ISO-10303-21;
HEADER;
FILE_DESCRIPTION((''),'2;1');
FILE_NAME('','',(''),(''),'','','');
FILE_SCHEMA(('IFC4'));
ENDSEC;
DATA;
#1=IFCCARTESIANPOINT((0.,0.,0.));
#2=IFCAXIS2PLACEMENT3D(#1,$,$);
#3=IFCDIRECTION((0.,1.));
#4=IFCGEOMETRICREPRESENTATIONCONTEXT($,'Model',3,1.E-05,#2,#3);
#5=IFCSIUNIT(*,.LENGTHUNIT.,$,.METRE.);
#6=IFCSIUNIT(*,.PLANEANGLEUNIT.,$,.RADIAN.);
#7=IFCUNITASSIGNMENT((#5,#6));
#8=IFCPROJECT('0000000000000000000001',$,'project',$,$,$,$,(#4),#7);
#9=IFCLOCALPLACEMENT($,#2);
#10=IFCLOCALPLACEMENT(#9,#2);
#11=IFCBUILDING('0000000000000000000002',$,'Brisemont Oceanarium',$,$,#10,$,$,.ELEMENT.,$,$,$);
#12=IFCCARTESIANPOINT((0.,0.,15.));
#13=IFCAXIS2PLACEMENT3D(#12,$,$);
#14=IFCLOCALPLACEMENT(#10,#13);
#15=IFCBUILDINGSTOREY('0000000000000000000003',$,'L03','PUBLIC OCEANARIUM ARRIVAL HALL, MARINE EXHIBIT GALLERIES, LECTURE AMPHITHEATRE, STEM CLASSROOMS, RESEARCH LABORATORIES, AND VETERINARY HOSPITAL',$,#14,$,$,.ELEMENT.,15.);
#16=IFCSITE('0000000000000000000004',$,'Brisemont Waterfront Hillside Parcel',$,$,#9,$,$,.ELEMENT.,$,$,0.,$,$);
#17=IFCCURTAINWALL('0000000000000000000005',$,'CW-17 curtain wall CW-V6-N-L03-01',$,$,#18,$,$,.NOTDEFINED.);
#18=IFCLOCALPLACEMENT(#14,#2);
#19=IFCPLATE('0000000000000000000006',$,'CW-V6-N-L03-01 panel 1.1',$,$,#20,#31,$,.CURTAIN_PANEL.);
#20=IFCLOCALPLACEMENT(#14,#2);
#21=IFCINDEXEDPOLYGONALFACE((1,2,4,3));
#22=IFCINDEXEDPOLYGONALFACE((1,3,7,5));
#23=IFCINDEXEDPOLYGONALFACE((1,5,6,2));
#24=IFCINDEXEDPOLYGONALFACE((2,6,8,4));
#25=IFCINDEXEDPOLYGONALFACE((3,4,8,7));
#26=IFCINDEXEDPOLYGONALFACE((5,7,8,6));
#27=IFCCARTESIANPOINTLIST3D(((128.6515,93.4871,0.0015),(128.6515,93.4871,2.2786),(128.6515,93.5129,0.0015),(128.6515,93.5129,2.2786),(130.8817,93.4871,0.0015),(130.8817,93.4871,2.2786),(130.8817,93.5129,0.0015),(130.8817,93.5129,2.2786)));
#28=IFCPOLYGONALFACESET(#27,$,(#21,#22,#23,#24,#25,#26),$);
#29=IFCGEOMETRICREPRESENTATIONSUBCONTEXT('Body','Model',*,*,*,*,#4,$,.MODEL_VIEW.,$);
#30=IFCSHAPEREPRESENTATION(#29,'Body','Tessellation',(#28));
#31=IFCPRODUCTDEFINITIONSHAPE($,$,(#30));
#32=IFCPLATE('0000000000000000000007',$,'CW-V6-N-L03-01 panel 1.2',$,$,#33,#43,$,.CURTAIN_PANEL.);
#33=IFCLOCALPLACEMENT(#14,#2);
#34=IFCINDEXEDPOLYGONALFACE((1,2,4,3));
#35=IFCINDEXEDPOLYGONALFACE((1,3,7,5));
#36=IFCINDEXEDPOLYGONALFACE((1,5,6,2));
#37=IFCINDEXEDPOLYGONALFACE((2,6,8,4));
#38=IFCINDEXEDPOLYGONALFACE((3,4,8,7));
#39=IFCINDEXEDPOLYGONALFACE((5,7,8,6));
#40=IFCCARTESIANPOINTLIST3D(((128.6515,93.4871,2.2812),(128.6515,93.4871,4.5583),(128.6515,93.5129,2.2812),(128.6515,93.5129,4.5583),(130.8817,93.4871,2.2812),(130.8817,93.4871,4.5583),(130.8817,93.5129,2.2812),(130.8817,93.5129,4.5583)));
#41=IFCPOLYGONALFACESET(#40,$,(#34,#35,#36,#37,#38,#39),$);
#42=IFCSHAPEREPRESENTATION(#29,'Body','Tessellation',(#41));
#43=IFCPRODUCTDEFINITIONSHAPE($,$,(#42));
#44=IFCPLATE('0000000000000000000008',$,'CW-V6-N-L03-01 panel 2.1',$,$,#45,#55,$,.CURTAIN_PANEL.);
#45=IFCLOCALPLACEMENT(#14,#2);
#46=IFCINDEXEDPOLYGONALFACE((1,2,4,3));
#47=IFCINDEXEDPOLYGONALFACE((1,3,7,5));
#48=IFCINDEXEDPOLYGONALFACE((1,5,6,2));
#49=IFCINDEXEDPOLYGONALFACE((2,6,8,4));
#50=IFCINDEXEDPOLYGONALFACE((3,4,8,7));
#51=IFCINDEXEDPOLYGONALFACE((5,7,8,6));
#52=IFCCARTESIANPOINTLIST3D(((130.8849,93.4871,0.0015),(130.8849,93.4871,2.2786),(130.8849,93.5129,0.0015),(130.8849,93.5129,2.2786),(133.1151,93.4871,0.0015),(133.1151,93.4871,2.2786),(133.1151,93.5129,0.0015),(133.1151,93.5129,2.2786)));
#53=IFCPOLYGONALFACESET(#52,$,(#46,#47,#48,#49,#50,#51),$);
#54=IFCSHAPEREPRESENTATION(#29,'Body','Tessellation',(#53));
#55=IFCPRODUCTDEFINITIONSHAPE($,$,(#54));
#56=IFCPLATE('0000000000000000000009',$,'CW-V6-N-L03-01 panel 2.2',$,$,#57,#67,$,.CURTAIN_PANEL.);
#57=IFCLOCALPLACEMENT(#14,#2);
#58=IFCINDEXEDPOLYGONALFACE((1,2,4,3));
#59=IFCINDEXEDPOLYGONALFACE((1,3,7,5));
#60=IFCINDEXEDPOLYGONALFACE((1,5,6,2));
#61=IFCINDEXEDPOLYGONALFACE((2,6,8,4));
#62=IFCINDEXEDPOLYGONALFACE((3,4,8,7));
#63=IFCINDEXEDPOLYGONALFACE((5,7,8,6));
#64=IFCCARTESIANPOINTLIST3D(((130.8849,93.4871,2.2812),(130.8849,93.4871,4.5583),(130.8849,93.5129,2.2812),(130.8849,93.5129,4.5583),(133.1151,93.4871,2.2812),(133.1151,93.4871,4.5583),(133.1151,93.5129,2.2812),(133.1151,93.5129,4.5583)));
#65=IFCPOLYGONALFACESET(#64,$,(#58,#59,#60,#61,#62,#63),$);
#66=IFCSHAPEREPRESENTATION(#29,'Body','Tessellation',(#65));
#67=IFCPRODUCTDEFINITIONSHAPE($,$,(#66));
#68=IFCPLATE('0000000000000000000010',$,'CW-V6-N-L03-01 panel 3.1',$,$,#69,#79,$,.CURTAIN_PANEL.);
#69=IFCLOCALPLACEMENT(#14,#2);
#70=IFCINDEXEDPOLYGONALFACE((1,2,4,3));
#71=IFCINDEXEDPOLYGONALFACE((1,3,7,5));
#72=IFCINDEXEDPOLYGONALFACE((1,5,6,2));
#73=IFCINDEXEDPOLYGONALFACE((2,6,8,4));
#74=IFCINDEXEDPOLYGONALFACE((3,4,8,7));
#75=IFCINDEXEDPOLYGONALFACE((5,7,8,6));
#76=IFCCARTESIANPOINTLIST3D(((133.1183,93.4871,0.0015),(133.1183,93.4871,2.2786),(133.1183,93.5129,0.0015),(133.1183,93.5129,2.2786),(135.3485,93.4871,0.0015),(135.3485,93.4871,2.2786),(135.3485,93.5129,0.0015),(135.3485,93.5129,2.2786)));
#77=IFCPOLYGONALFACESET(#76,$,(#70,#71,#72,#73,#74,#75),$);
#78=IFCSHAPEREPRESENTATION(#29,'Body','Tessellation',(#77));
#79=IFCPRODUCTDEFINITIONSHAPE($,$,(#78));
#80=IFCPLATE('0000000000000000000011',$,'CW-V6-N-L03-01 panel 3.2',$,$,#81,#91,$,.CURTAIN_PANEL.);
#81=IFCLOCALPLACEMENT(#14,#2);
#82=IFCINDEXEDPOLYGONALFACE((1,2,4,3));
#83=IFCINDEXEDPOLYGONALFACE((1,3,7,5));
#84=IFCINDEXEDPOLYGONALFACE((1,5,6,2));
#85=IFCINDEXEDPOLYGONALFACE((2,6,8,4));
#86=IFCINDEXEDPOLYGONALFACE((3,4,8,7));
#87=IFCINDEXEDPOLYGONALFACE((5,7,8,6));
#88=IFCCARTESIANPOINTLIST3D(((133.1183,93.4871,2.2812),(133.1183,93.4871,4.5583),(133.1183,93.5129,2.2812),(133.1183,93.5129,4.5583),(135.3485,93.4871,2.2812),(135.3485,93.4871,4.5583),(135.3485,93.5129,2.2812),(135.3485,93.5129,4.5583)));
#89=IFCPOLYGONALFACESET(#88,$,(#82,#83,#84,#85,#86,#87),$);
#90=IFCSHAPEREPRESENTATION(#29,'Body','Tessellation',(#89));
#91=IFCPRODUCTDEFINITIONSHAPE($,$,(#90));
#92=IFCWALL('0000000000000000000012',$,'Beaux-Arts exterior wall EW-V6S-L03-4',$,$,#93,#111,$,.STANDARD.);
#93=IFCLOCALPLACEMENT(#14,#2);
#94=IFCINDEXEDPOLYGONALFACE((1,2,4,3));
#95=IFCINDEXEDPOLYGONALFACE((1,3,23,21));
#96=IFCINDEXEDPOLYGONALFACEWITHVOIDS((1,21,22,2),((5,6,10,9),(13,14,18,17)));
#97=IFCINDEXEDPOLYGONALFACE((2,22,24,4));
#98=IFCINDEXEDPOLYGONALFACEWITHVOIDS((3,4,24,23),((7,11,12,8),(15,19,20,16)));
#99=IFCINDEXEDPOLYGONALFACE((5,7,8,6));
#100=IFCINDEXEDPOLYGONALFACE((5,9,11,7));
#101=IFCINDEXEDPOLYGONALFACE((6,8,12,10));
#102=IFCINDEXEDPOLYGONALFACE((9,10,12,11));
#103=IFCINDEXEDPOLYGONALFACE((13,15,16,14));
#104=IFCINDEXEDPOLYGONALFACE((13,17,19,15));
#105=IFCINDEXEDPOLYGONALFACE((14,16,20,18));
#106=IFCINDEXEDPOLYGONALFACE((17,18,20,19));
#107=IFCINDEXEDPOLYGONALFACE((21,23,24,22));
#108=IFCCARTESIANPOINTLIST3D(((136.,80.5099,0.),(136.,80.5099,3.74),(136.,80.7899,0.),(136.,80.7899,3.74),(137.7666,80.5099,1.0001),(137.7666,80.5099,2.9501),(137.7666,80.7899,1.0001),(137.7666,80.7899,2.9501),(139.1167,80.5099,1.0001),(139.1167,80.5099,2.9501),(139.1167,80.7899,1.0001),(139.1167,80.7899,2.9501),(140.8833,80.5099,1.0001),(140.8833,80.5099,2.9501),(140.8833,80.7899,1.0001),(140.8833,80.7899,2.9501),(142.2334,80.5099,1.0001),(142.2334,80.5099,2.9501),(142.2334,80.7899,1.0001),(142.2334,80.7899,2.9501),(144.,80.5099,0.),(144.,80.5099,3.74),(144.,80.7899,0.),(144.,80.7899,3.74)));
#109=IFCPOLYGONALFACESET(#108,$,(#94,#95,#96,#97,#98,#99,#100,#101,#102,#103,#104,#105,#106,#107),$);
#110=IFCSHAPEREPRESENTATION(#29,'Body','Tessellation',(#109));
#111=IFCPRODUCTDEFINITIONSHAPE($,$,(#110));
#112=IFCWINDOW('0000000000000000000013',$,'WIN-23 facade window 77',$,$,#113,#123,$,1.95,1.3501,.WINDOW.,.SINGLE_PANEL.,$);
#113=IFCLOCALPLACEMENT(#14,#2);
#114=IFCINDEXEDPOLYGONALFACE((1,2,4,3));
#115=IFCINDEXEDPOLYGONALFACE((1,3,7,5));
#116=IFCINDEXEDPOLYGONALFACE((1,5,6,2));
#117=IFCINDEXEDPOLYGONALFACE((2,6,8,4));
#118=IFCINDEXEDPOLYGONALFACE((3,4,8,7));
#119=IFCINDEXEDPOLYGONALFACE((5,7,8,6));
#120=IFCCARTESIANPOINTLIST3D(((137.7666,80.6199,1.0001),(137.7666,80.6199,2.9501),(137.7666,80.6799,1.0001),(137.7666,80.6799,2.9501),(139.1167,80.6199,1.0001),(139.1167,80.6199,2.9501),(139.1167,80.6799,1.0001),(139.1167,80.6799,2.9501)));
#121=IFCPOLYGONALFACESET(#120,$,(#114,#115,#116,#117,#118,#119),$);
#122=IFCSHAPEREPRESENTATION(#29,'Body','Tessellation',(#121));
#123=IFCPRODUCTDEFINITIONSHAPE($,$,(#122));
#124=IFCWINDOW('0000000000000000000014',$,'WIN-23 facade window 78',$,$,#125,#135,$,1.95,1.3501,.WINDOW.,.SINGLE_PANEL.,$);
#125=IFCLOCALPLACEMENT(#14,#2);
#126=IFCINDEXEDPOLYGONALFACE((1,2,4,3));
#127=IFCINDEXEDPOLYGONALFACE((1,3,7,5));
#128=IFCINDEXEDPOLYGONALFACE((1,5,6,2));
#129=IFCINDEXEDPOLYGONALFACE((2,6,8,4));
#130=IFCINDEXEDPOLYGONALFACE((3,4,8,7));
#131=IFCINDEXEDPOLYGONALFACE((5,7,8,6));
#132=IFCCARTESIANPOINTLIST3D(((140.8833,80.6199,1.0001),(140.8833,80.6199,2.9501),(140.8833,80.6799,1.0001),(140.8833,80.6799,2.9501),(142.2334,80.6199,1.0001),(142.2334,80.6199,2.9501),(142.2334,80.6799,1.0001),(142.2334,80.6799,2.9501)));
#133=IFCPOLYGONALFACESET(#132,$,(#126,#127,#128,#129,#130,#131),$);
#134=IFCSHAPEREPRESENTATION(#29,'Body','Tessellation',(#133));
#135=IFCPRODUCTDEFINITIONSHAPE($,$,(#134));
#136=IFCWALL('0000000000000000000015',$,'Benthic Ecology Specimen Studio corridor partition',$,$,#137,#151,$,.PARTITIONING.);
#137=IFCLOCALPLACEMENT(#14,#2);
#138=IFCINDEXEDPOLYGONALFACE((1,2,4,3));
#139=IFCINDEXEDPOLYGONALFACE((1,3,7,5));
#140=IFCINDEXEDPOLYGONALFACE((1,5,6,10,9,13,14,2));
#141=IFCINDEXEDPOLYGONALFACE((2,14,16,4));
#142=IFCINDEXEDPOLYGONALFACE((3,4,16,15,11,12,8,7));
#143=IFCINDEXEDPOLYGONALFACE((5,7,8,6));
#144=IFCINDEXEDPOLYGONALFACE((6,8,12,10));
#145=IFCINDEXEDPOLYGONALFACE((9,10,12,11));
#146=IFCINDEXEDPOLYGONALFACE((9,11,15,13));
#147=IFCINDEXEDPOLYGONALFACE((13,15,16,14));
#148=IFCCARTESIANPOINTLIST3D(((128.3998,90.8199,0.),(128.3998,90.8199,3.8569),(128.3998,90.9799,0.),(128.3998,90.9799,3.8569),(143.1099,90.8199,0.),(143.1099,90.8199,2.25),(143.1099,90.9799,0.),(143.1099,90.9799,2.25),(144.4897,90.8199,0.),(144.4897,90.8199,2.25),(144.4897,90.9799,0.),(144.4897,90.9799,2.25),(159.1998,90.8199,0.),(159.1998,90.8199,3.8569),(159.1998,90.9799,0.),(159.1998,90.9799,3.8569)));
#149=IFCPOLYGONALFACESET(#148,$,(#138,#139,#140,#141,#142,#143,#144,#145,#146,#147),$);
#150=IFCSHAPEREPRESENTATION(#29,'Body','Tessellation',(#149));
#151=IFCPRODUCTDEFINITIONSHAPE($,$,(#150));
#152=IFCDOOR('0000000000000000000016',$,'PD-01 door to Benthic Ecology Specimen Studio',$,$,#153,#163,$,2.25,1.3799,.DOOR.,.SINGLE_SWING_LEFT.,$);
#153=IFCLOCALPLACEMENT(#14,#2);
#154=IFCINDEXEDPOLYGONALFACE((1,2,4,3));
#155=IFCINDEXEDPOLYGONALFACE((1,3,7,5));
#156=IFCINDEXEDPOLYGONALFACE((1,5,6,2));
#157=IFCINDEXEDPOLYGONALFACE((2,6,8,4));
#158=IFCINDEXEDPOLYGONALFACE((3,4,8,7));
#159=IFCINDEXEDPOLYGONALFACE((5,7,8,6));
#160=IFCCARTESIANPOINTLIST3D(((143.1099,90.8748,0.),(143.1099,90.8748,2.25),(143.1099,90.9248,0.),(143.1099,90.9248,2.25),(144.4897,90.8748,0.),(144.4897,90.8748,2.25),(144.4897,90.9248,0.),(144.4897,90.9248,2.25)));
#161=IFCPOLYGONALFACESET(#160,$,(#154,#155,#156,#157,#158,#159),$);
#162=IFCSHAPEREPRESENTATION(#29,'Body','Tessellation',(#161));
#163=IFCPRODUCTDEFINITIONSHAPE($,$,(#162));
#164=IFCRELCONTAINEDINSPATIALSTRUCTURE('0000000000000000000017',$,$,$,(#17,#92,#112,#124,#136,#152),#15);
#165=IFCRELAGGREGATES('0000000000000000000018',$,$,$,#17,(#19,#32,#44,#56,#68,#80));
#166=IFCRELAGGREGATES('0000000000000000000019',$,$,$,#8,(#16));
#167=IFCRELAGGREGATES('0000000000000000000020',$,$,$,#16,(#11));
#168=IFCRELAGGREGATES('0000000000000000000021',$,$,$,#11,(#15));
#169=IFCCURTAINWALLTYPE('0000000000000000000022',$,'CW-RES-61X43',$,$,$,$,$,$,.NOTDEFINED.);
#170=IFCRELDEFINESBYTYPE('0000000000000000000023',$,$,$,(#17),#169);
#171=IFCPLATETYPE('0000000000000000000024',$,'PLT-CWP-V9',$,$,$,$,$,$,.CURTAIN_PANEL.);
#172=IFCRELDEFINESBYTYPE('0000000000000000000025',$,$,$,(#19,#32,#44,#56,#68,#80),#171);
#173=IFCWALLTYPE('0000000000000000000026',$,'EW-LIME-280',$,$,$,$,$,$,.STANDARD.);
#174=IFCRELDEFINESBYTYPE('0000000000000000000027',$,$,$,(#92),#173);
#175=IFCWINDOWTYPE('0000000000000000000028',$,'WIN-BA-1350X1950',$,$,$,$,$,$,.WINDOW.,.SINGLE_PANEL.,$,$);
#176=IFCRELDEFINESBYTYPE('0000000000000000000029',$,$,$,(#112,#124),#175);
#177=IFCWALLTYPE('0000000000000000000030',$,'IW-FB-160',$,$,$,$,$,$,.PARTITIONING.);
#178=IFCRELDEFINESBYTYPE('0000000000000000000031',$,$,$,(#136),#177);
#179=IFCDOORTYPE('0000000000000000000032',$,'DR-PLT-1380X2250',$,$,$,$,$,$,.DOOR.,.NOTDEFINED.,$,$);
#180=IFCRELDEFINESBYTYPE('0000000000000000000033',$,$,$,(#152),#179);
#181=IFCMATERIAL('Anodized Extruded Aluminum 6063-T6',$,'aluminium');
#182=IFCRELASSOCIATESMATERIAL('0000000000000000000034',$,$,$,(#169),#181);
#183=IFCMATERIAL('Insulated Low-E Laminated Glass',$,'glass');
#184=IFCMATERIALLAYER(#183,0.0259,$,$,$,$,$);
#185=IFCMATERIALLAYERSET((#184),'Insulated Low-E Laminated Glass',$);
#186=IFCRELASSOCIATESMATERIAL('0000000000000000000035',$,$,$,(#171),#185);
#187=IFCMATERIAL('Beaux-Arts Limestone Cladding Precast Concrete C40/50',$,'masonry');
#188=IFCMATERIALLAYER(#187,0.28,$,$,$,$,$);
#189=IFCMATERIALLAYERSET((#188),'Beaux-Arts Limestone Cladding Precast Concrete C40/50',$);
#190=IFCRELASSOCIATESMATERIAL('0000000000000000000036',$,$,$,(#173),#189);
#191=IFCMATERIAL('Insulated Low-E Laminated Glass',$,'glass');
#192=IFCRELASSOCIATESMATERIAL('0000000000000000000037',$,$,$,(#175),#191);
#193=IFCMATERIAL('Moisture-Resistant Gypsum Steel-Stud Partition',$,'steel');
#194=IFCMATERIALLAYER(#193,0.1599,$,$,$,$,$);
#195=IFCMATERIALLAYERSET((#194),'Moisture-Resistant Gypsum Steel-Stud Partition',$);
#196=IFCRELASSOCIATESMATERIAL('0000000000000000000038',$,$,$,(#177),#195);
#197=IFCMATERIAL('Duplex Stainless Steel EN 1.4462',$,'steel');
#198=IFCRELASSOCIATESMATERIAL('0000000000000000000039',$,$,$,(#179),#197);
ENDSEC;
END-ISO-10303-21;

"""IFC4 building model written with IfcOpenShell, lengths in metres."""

from ifc_helpers import new_model, si_unit, direction, frame, frame_2d, origin, origin_2d, place, context, subcontext, project, spatial, rectangle, extrude, material, layer, layer_set, type_object, element, fill, aggregate, save


model = new_model("IFC4")

# Units and contexts
model_context = context("Model", 3, precision=1e-05, world=origin(), true_north=direction((0.0, 1.0)))
body_context = subcontext(model_context, "Body", "Model", "MODEL_VIEW")
ifc_project = project(units=[si_unit("LENGTHUNIT", "METRE"), si_unit("PLANEANGLEUNIT", "RADIAN")], contexts=[model_context])

# Site, building, storey
site_placement = place(None, origin())
site = spatial("IfcSite", under=ifc_project, at=site_placement, Name="Brisemont Waterfront Hillside Parcel", CompositionType="ELEMENT", RefElevation=0.0)
building_placement = place(site_placement, origin())
building = spatial("IfcBuilding", under=site, at=building_placement, Name="Brisemont Oceanarium", CompositionType="ELEMENT")
storey_placement = place(building_placement, frame((0.0, 0.0, 15.0)))
storey = spatial("IfcBuildingStorey", under=building, at=storey_placement, Name="L03", Description="PUBLIC OCEANARIUM ARRIVAL HALL, MARINE EXHIBIT GALLERIES, LECTURE AMPHITHEATRE, STEM CLASSROOMS, RESEARCH LABORATORIES, AND VETERINARY HOSPITAL", CompositionType="ELEMENT", Elevation=15.0)

# Curtain wall, plates
ifc_material_1 = material(Name="Anodized Extruded Aluminum 6063-T6", Category="aluminium")
curtain_wall_type = type_object("IfcCurtainWallType", Name="CW-RES-61X43", PredefinedType="NOTDEFINED", material=ifc_material_1)
curtain_wall_placement = place(storey_placement, origin())
curtain_wall = element("IfcCurtainWall", 1, at=curtain_wall_placement, inside=storey, type_object=curtain_wall_type, Name="CW-17 curtain wall CW-V6-N-L03-01", PredefinedType="NOTDEFINED")
ifc_material_2 = material(Name="Insulated Low-E Laminated Glass", Category="glass")
ifc_layer_1 = layer(ifc_material_2, 0.0259)
ifc_layer_set_1 = layer_set([ifc_layer_1], Name="Insulated Low-E Laminated Glass")
plate_type = type_object("IfcPlateType", Name="PLT-CWP-V9", PredefinedType="CURTAIN_PANEL", material=ifc_layer_set_1)
plate_1_placement = place(storey_placement, frame((129.7666, 93.5, 0.0015), z_axis=(0.0, 0.0, 1.0), x_axis=(1.0, 0.0, 0.0)))
plate_1 = element("IfcPlate", 2, at=plate_1_placement, type_object=plate_type, Name="CW-V6-N-L03-01 panel 1.1", PredefinedType="CURTAIN_PANEL", context=body_context, shape_type="SweptSolid", body=[
    extrude(rectangle(XDim=2.2302, YDim=0.0259, at=origin_2d()), origin(), (0.0, 0.0, 1.0), 2.2771),
])
plate_2_placement = place(storey_placement, frame((129.7666, 93.5, 2.2812), z_axis=(0.0, 0.0, 1.0), x_axis=(1.0, 0.0, 0.0)))
plate_2 = element("IfcPlate", 3, at=plate_2_placement, type_object=plate_type, Name="CW-V6-N-L03-01 panel 1.2", PredefinedType="CURTAIN_PANEL", context=body_context, shape_type="SweptSolid", body=[
    extrude(rectangle(XDim=2.2302, YDim=0.0259, at=origin_2d()), origin(), (0.0, 0.0, 1.0), 2.2771),
])
plate_3_placement = place(storey_placement, frame((132.0, 93.5, 0.0015), z_axis=(0.0, 0.0, 1.0), x_axis=(1.0, 0.0, 0.0)))
plate_3 = element("IfcPlate", 4, at=plate_3_placement, type_object=plate_type, Name="CW-V6-N-L03-01 panel 2.1", PredefinedType="CURTAIN_PANEL", context=body_context, shape_type="SweptSolid", body=[
    extrude(rectangle(XDim=2.2302, YDim=0.0259, at=origin_2d()), origin(), (0.0, 0.0, 1.0), 2.2771),
])
plate_4_placement = place(storey_placement, frame((132.0, 93.5, 2.2812), z_axis=(0.0, 0.0, 1.0), x_axis=(1.0, 0.0, 0.0)))
plate_4 = element("IfcPlate", 5, at=plate_4_placement, type_object=plate_type, Name="CW-V6-N-L03-01 panel 2.2", PredefinedType="CURTAIN_PANEL", context=body_context, shape_type="SweptSolid", body=[
    extrude(rectangle(XDim=2.2302, YDim=0.0259, at=origin_2d()), origin(), (0.0, 0.0, 1.0), 2.2771),
])
plate_5_placement = place(storey_placement, frame((134.2334, 93.5, 0.0015), z_axis=(0.0, 0.0, 1.0), x_axis=(1.0, 0.0, 0.0)))
plate_5 = element("IfcPlate", 6, at=plate_5_placement, type_object=plate_type, Name="CW-V6-N-L03-01 panel 3.1", PredefinedType="CURTAIN_PANEL", context=body_context, shape_type="SweptSolid", body=[
    extrude(rectangle(XDim=2.2302, YDim=0.0259, at=origin_2d()), origin(), (0.0, 0.0, 1.0), 2.2771),
])
plate_6_placement = place(storey_placement, frame((134.2334, 93.5, 2.2812), z_axis=(0.0, 0.0, 1.0), x_axis=(1.0, 0.0, 0.0)))
plate_6 = element("IfcPlate", 7, at=plate_6_placement, type_object=plate_type, Name="CW-V6-N-L03-01 panel 3.2", PredefinedType="CURTAIN_PANEL", context=body_context, shape_type="SweptSolid", body=[
    extrude(rectangle(XDim=2.2302, YDim=0.0259, at=origin_2d()), origin(), (0.0, 0.0, 1.0), 2.2771),
])
aggregate(curtain_wall, [plate_1, plate_2, plate_3, plate_4, plate_5, plate_6])

# Wall, openings, windows
ifc_material_3 = material(Name="Beaux-Arts Limestone Cladding Precast Concrete C40/50", Category="masonry")
ifc_layer_2 = layer(ifc_material_3, 0.28)
ifc_layer_set_2 = layer_set([ifc_layer_2], Name="Beaux-Arts Limestone Cladding Precast Concrete C40/50")
wall_type_1 = type_object("IfcWallType", Name="EW-LIME-280", PredefinedType="STANDARD", material=ifc_layer_set_2)
wall_1_placement = place(storey_placement, frame((136.0, 80.6499, 0.0), z_axis=(0.0, 0.0, 1.0), x_axis=(1.0, 0.0, 0.0)))
wall_1 = element("IfcWall", 8, at=wall_1_placement, inside=storey, type_object=wall_type_1, Name="Beaux-Arts exterior wall EW-V6S-L03-4", PredefinedType="STANDARD", context=body_context, shape_type="SweptSolid", body=[
    extrude(rectangle(XDim=8.0, YDim=0.28, at=frame_2d((4.0, 0.0))), origin(), (0.0, 0.0, 1.0), 3.74),
])
opening_1_placement = place(wall_1_placement, frame((1.7666, 0.0, 1.0)))
opening_1 = element("IfcOpeningElement", 9, at=opening_1_placement, cuts=wall_1, PredefinedType="OPENING", context=body_context, shape_type="SweptSolid", body=[
    extrude(rectangle(XDim=1.3501, YDim=1.95, at=frame_2d((0.675, 0.9751))), frame((0.0, 0.1499, 0.0), z_axis=(0.0, -1.0, 0.0), x_axis=(1.0, 0.0, 0.0)), (0.0, 0.0, 1.0), 0.3),
])
opening_2_placement = place(wall_1_placement, frame((4.8833, 0.0, 1.0)))
opening_2 = element("IfcOpeningElement", 10, at=opening_2_placement, cuts=wall_1, PredefinedType="OPENING", context=body_context, shape_type="SweptSolid", body=[
    extrude(rectangle(XDim=1.3501, YDim=1.95, at=frame_2d((0.675, 0.9751))), frame((0.0, 0.1499, 0.0), z_axis=(0.0, -1.0, 0.0), x_axis=(1.0, 0.0, 0.0)), (0.0, 0.0, 1.0), 0.3),
])
ifc_material_4 = material(Name="Insulated Low-E Laminated Glass", Category="glass")
window_type = type_object("IfcWindowType", Name="WIN-BA-1350X1950", PartitioningType="SINGLE_PANEL", PredefinedType="WINDOW", material=ifc_material_4)
window_1_placement = place(opening_1_placement, origin())
window_1 = element("IfcWindow", 11, at=window_1_placement, inside=storey, type_object=window_type, Name="WIN-23 facade window 77", OverallHeight=1.95, OverallWidth=1.3501, PartitioningType="SINGLE_PANEL", PredefinedType="WINDOW", context=body_context, shape_type="SweptSolid", body=[
    extrude(rectangle(XDim=1.3501, YDim=1.95, at=frame_2d((0.675, 0.9751))), frame((0.0, 0.03, 0.0), z_axis=(0.0, -1.0, 0.0), x_axis=(1.0, 0.0, 0.0)), (0.0, 0.0, 1.0), 0.0601),
])
fill(opening_1, window_1)
window_2_placement = place(opening_2_placement, origin())
window_2 = element("IfcWindow", 12, at=window_2_placement, inside=storey, type_object=window_type, Name="WIN-23 facade window 78", OverallHeight=1.95, OverallWidth=1.3501, PartitioningType="SINGLE_PANEL", PredefinedType="WINDOW", context=body_context, shape_type="SweptSolid", body=[
    extrude(rectangle(XDim=1.3501, YDim=1.95, at=frame_2d((0.675, 0.9751))), frame((0.0, 0.03, 0.0), z_axis=(0.0, -1.0, 0.0), x_axis=(1.0, 0.0, 0.0)), (0.0, 0.0, 1.0), 0.0601),
])
fill(opening_2, window_2)

# Wall, opening, door
ifc_material_5 = material(Name="Moisture-Resistant Gypsum Steel-Stud Partition", Category="steel")
ifc_layer_3 = layer(ifc_material_5, 0.1599)
ifc_layer_set_3 = layer_set([ifc_layer_3], Name="Moisture-Resistant Gypsum Steel-Stud Partition")
wall_type_2 = type_object("IfcWallType", Name="IW-FB-160", PredefinedType="PARTITIONING", material=ifc_layer_set_3)
wall_2_placement = place(storey_placement, frame((128.3999, 90.8999, 0.0), z_axis=(0.0, 0.0, 1.0), x_axis=(1.0, 0.0, 0.0)))
wall_2 = element("IfcWall", 13, at=wall_2_placement, inside=storey, type_object=wall_type_2, Name="Benthic Ecology Specimen Studio corridor partition", PredefinedType="PARTITIONING", context=body_context, shape_type="SweptSolid", body=[
    extrude(rectangle(XDim=30.8, YDim=0.1599, at=frame_2d((15.3999, 0.0))), origin(), (0.0, 0.0, 1.0), 3.8569),
])
opening_3_placement = place(wall_2_placement, frame((14.71, 0.0, 0.0)))
opening_3 = element("IfcOpeningElement", 14, at=opening_3_placement, cuts=wall_2, PredefinedType="OPENING", context=body_context, shape_type="SweptSolid", body=[
    extrude(rectangle(XDim=1.3799, YDim=2.25, at=frame_2d((0.6899, 1.125))), frame((0.0, 0.0898, 0.0), z_axis=(0.0, -1.0, 0.0), x_axis=(1.0, 0.0, 0.0)), (0.0, 0.0, 1.0), 0.1799),
])
ifc_material_6 = material(Name="Duplex Stainless Steel EN 1.4462", Category="steel")
door_type = type_object("IfcDoorType", Name="DR-PLT-1380X2250", OperationType="NOTDEFINED", PredefinedType="DOOR", material=ifc_material_6)
door_placement = place(opening_3_placement, origin())
door = element("IfcDoor", 15, at=door_placement, inside=storey, type_object=door_type, Name="PD-01 door to Benthic Ecology Specimen Studio", OperationType="SINGLE_SWING_LEFT", OverallHeight=2.25, OverallWidth=1.3799, PredefinedType="DOOR", context=body_context, shape_type="SweptSolid", body=[
    extrude(rectangle(XDim=1.3799, YDim=2.25, at=frame_2d((0.6899, 1.125))), frame((0.0, 0.0249, 0.0), z_axis=(0.0, -1.0, 0.0), x_axis=(1.0, 0.0, 0.0)), (0.0, 0.0, 1.0), 0.05),
])
fill(opening_3, door)

save(model, "model.ifc")
